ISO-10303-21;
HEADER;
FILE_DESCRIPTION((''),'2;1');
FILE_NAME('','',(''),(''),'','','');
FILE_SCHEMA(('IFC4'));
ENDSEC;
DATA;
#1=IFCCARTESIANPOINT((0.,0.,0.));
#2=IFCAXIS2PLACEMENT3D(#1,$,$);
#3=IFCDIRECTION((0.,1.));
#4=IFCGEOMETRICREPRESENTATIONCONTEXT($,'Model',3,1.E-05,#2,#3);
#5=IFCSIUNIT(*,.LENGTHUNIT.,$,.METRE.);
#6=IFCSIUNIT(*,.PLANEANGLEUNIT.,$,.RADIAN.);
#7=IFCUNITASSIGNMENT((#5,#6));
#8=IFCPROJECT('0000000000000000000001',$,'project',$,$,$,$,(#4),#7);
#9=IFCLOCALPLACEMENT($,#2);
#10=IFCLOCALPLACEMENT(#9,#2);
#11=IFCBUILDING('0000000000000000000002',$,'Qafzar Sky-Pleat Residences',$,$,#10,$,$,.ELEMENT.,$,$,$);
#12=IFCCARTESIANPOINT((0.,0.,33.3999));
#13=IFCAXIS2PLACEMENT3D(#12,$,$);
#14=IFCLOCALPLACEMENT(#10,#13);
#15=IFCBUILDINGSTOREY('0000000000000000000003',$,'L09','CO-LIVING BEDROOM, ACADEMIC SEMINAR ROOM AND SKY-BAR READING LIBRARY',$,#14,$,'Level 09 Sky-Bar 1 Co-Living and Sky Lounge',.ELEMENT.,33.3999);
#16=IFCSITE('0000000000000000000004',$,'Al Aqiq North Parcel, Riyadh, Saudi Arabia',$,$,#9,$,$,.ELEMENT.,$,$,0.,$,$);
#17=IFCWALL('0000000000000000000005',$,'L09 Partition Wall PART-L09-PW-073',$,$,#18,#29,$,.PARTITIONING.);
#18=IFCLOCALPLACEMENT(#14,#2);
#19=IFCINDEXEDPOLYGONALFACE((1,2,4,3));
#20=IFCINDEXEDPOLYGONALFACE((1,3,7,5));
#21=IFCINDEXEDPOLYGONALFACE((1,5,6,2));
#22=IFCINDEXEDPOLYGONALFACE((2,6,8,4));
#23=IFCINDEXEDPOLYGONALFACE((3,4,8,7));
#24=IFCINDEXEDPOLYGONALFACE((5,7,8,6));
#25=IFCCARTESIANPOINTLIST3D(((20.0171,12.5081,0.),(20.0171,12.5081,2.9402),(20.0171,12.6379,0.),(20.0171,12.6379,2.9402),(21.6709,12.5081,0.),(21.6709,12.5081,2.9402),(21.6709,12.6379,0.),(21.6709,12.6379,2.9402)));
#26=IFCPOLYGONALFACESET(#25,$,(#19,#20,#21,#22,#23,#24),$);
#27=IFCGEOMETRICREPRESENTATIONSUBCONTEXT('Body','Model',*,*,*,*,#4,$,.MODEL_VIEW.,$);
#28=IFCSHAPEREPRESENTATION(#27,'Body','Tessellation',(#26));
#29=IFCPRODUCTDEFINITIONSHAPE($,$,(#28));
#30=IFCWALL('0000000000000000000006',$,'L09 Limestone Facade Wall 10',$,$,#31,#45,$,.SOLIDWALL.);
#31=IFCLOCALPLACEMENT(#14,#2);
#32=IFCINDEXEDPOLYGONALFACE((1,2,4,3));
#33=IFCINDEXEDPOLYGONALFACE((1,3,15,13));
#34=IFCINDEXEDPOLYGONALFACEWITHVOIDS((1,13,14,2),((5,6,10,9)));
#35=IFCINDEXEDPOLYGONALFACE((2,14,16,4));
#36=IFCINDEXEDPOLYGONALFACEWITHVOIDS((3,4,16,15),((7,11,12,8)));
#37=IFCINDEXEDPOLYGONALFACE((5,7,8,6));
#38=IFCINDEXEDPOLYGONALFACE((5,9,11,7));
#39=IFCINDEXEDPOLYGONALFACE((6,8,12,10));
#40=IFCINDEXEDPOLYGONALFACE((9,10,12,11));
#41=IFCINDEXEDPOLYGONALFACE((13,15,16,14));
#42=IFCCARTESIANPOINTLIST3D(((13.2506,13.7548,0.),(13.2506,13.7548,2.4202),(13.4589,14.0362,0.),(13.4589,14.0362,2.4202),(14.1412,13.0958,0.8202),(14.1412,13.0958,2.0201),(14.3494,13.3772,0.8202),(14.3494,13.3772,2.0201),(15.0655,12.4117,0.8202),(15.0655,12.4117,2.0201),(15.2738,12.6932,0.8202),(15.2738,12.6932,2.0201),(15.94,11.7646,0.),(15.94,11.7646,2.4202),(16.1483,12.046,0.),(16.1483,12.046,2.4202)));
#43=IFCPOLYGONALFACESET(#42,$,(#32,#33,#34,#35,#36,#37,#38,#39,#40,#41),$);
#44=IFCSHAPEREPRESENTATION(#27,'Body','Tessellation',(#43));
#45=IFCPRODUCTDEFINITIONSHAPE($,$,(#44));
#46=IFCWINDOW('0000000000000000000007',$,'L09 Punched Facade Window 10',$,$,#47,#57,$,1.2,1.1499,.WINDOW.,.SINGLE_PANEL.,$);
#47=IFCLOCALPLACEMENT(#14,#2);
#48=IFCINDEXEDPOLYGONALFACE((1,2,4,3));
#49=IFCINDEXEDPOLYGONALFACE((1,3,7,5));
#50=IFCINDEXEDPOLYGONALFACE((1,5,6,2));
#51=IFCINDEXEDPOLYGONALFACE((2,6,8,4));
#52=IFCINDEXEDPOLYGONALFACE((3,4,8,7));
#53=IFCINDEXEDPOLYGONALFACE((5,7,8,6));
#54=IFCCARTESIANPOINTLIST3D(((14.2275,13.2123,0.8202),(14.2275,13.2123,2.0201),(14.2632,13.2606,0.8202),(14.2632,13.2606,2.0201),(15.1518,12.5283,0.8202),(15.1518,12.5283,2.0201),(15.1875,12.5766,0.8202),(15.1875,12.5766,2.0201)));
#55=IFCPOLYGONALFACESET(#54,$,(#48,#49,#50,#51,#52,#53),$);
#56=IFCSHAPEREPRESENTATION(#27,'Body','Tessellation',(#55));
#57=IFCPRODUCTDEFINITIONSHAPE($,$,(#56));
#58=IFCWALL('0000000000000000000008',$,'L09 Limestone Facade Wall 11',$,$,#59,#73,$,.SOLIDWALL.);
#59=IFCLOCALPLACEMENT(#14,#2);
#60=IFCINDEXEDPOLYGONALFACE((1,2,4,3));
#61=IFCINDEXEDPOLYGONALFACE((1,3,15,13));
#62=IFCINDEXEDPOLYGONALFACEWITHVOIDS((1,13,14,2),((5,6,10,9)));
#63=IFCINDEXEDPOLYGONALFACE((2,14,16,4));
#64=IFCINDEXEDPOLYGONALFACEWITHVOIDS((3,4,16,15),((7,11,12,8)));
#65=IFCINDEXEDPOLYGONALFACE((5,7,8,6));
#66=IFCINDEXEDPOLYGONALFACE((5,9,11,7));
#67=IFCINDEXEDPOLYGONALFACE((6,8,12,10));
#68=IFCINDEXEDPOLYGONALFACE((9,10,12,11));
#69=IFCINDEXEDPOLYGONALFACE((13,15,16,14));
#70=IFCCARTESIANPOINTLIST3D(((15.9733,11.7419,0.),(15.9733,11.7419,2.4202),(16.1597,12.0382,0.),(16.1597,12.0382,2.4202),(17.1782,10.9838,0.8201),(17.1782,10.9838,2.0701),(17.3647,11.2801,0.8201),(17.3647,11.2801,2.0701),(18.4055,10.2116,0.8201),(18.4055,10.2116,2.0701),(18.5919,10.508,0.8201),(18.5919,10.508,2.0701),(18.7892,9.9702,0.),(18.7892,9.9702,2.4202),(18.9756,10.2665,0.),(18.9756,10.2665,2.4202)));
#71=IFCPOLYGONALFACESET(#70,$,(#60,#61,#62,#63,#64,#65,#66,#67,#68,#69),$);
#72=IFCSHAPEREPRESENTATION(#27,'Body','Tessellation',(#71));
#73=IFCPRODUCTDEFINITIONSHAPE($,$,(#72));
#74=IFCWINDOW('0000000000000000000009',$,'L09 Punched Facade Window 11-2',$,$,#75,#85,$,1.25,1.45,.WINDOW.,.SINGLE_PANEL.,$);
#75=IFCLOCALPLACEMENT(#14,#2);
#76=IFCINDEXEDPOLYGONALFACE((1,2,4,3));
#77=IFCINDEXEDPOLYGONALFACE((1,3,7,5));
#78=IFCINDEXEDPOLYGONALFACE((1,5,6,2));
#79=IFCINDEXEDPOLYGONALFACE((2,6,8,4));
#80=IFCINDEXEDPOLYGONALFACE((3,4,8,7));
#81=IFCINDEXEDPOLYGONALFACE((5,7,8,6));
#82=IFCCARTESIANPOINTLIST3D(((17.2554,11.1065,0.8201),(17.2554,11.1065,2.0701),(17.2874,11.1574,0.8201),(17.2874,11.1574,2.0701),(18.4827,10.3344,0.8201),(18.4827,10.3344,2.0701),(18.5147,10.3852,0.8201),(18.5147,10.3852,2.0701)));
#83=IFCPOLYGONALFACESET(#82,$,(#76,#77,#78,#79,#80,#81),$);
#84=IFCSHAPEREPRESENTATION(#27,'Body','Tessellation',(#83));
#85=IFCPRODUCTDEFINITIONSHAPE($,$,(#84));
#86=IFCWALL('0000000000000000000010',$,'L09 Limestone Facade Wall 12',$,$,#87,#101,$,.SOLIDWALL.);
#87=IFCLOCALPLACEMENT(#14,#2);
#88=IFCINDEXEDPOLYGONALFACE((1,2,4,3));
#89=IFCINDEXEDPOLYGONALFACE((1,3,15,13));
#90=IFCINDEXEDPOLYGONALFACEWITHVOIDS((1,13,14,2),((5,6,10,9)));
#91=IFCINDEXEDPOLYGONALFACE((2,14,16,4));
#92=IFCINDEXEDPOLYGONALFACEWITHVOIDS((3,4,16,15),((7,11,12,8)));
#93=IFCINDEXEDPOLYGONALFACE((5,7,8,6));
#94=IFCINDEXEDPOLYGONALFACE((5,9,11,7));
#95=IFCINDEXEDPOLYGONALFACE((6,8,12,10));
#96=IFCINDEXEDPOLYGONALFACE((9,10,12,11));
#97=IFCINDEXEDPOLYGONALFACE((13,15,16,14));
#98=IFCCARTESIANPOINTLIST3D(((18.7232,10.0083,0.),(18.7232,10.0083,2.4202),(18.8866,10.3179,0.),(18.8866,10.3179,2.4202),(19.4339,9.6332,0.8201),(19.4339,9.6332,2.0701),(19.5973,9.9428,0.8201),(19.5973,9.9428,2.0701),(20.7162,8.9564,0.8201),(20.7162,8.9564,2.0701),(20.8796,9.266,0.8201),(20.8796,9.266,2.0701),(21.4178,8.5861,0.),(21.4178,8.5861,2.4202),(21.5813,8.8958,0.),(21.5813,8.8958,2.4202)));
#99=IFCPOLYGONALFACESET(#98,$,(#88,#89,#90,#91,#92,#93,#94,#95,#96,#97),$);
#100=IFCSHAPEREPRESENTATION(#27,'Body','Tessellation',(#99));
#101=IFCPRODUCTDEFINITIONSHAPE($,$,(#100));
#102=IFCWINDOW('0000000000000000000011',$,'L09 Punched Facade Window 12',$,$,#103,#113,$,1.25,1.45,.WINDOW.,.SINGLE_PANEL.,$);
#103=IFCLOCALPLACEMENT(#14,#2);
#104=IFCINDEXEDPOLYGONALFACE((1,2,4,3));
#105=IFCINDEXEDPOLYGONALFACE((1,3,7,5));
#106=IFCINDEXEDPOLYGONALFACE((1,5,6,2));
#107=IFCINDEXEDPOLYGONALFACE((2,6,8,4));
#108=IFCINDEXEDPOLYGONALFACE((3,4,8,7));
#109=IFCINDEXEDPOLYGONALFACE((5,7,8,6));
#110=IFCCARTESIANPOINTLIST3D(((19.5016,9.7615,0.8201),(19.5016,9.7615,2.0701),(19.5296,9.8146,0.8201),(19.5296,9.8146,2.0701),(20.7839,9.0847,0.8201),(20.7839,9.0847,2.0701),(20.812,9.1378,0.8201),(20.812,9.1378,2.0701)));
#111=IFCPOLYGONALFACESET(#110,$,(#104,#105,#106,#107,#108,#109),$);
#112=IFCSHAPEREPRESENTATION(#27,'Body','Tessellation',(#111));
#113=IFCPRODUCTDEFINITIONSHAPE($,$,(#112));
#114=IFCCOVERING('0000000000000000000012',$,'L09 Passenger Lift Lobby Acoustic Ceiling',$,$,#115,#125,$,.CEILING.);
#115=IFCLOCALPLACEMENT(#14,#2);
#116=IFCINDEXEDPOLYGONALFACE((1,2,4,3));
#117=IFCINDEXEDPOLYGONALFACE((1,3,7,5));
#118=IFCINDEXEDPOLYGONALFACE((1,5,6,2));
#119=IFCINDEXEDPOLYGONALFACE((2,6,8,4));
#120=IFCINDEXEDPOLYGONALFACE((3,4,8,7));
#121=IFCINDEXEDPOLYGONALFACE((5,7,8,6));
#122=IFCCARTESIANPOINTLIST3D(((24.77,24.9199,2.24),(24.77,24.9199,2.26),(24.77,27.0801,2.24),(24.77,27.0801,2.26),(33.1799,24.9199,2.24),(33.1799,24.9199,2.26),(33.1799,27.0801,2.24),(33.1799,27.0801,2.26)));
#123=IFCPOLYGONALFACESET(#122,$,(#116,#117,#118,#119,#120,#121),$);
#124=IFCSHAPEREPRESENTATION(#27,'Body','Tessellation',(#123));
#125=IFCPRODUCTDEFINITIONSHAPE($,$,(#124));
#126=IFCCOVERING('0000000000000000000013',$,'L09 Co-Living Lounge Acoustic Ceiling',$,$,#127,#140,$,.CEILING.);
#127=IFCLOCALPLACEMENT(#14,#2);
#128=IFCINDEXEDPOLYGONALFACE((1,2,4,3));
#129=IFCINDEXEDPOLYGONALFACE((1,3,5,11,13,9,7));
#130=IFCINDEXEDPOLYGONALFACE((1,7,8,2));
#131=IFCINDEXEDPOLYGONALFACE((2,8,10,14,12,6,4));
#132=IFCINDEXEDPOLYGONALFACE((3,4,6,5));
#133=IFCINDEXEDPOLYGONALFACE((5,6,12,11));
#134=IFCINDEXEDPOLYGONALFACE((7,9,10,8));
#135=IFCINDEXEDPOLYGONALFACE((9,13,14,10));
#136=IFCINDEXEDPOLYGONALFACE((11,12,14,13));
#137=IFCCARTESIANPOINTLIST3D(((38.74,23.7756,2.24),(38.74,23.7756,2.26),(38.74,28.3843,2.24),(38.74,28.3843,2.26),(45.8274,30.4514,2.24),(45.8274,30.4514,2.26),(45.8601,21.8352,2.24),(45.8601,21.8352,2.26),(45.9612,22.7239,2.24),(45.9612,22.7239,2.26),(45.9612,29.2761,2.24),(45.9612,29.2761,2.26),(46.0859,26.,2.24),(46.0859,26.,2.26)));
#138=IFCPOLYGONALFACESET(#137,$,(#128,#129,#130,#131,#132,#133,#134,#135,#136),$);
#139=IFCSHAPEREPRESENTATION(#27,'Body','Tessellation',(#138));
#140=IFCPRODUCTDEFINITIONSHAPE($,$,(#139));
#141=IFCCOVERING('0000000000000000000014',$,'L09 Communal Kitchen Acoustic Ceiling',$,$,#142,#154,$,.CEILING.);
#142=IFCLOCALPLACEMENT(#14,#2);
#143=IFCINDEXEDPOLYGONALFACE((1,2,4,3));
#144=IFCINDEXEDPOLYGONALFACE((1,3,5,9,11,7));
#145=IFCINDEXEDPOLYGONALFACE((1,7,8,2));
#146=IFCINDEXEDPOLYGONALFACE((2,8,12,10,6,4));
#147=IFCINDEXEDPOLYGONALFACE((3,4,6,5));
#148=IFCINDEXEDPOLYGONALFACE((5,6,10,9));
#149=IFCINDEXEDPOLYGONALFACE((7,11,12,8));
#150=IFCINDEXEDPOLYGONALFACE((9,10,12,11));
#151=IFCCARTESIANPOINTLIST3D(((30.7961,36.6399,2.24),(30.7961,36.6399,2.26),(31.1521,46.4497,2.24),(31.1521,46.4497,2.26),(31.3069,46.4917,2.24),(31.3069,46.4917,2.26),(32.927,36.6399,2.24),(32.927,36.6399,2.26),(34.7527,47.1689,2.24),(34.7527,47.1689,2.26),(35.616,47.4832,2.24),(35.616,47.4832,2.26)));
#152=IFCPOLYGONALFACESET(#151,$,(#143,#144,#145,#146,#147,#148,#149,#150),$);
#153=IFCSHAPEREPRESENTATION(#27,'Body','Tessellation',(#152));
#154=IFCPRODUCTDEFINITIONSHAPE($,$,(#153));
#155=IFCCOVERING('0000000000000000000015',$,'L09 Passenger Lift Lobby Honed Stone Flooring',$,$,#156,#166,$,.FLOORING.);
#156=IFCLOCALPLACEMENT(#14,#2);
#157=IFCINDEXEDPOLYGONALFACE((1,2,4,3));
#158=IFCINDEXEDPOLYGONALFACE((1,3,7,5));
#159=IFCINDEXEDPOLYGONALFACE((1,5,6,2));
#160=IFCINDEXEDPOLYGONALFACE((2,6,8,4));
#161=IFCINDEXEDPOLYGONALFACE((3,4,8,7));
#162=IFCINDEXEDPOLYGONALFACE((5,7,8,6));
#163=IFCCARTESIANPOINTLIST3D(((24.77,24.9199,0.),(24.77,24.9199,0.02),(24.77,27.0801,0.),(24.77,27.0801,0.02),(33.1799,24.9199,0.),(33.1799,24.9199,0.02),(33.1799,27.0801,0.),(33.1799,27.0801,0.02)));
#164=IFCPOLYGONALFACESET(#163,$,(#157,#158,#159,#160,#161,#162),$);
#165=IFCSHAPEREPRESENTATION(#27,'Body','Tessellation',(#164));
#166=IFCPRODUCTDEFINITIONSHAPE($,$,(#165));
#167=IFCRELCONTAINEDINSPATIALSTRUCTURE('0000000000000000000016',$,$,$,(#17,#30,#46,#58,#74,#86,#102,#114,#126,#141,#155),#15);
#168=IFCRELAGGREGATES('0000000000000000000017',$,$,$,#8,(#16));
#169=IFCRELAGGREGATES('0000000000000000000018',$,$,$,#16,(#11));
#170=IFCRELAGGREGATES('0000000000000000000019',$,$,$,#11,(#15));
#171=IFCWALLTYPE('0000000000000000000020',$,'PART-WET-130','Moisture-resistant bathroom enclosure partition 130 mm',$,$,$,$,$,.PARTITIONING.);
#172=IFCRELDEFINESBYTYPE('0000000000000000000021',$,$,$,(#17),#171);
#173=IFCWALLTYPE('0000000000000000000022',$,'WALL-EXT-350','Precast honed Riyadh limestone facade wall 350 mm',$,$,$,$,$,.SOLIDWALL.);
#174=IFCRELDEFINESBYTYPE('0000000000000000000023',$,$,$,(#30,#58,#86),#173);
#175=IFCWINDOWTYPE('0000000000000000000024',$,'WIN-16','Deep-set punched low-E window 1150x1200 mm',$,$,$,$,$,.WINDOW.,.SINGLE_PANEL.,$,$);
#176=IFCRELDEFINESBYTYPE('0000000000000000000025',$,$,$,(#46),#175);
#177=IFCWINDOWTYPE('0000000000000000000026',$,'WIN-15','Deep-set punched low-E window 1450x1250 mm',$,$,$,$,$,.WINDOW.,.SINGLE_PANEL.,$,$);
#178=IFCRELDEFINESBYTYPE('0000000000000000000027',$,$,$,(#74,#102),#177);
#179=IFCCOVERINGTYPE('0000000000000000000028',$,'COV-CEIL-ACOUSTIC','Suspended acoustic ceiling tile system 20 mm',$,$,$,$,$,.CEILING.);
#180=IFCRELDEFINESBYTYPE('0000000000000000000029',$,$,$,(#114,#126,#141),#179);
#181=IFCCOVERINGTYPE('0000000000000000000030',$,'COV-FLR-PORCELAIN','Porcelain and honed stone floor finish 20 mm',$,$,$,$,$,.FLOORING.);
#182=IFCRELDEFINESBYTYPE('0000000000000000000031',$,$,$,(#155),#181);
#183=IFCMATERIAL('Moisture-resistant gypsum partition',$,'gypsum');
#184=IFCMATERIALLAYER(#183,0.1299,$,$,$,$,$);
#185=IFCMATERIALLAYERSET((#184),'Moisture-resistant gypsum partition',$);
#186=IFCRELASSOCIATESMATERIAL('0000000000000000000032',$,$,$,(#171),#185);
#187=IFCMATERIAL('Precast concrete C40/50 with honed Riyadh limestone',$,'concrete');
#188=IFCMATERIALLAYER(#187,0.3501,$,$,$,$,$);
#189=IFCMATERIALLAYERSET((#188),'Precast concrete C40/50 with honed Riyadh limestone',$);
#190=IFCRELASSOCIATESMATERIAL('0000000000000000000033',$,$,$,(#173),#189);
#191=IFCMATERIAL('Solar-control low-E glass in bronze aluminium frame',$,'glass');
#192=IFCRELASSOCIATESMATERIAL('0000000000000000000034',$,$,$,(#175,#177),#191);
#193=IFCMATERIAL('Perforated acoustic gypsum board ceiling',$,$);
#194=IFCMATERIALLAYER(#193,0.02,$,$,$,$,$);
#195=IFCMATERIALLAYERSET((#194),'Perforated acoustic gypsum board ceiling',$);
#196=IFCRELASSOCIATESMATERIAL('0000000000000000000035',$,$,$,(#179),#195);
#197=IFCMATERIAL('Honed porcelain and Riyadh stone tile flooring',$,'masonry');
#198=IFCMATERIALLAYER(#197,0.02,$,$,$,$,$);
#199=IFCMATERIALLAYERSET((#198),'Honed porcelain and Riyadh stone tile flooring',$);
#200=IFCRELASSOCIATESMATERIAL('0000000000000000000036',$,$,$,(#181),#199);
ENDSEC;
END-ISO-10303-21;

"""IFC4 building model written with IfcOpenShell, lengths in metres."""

from ifc_helpers import new_model, si_unit, direction, frame, frame_2d, origin, place, context, subcontext, project, spatial, polyline, rectangle, outline, extrude, source, transform, mapped, material, layer, layer_set, type_object, element, fill, save


model = new_model("IFC4")

# Units and contexts
model_context = context("Model", 3, precision=1e-05, world=origin(), true_north=direction((0.0, 1.0)))
body_context = subcontext(model_context, "Body", "Model", "MODEL_VIEW")
ifc_project = project(units=[si_unit("LENGTHUNIT", "METRE"), si_unit("PLANEANGLEUNIT", "RADIAN")], contexts=[model_context])

# Site, building, storey
site_placement = place(None, origin())
site = spatial("IfcSite", under=ifc_project, at=site_placement, Name="Al Aqiq North Parcel, Riyadh, Saudi Arabia", CompositionType="ELEMENT", RefElevation=0.0)
building_placement = place(site_placement, origin())
building = spatial("IfcBuilding", under=site, at=building_placement, Name="Qafzar Sky-Pleat Residences", CompositionType="ELEMENT")
storey_placement = place(building_placement, frame((0.0, 0.0, 33.3999)))
storey = spatial("IfcBuildingStorey", under=building, at=storey_placement, Name="L09", Description="CO-LIVING BEDROOM, ACADEMIC SEMINAR ROOM AND SKY-BAR READING LIBRARY", LongName="Level 09 Sky-Bar 1 Co-Living and Sky Lounge", CompositionType="ELEMENT", Elevation=33.3999)

# Wall
ifc_material_1 = material(Name="Moisture-resistant gypsum partition", Category="gypsum")
ifc_layer_1 = layer(ifc_material_1, 0.1299)
ifc_layer_set_1 = layer_set([ifc_layer_1], Name="Moisture-resistant gypsum partition")
wall_type_1 = type_object("IfcWallType", Name="PART-WET-130", Description="Moisture-resistant bathroom enclosure partition 130 mm", PredefinedType="PARTITIONING", material=ifc_layer_set_1)
wall_1_placement = place(storey_placement, frame((20.0171, 12.573, 0.0), z_axis=(0.0, 0.0, 1.0), x_axis=(1.0, 0.0, 0.0)))
element("IfcWall", 1, at=wall_1_placement, inside=storey, type_object=wall_type_1, Name="L09 Partition Wall PART-L09-PW-073", PredefinedType="PARTITIONING", context=body_context, shape_type="SweptSolid", body=[
    extrude(rectangle(XDim=1.6538, YDim=0.1299, at=frame_2d((0.8269, 0.0))), origin(), (0.0, 0.0, 1.0), 2.9402),
])

# Walls, openings, windows
ifc_material_2 = material(Name="Precast concrete C40/50 with honed Riyadh limestone", Category="concrete")
ifc_layer_2 = layer(ifc_material_2, 0.3501)
ifc_layer_set_2 = layer_set([ifc_layer_2], Name="Precast concrete C40/50 with honed Riyadh limestone")
wall_type_2 = type_object("IfcWallType", Name="WALL-EXT-350", Description="Precast honed Riyadh limestone facade wall 350 mm", PredefinedType="SOLIDWALL", material=ifc_layer_set_2)
wall_2_placement = place(storey_placement, frame((13.3547, 13.8955, 0.0), z_axis=(0.0, 0.0, 1.0), x_axis=(0.803836, -0.594851, 0.0)))
wall_2 = element("IfcWall", 2, at=wall_2_placement, inside=storey, type_object=wall_type_2, Name="L09 Limestone Facade Wall 10", PredefinedType="SOLIDWALL", context=body_context, shape_type="SweptSolid", body=[
    extrude(rectangle(XDim=3.3457, YDim=0.3501, at=frame_2d((1.6729, 0.0))), origin(), (0.0, 0.0, 1.0), 2.4202),
])
opening_1_placement = place(wall_2_placement, frame((1.1079, 0.0, 0.8201)))
opening_1 = element("IfcOpeningElement", 3, at=opening_1_placement, cuts=wall_2, PredefinedType="OPENING", context=body_context, shape_type="SweptSolid", body=[
    extrude(rectangle(XDim=1.1499, YDim=1.2, at=frame_2d((0.575, 0.6001))), frame((0.0, 0.1851, 0.0), z_axis=(0.0, -1.0, 0.0), x_axis=(1.0, 0.0, 0.0)), (0.0, 0.0, 1.0), 0.3701),
])
ifc_material_3 = material(Name="Solar-control low-E glass in bronze aluminium frame", Category="glass")
window_type_1 = type_object("IfcWindowType", Name="WIN-16", Description="Deep-set punched low-E window 1150x1200 mm", PartitioningType="SINGLE_PANEL", PredefinedType="WINDOW", material=ifc_material_3)
shared_shape_1 = source(origin(), body_context, "Body", "SweptSolid", [
    extrude(rectangle(XDim=1.1499, YDim=1.2, at=frame_2d((0.575, 0.6001))), frame((0.0, 0.03, 0.0), z_axis=(0.0, -1.0, 0.0), x_axis=(1.0, 0.0, 0.0)), (0.0, 0.0, 1.0), 0.0601),
])
window_1_placement = place(opening_1_placement, origin())
window_1 = element("IfcWindow", 4, at=window_1_placement, inside=storey, type_object=window_type_1, Name="L09 Punched Facade Window 10", OverallHeight=1.2, OverallWidth=1.1499, PartitioningType="SINGLE_PANEL", PredefinedType="WINDOW", context=body_context, shape_type="MappedRepresentation", body=[
    mapped(shared_shape_1, transform((0.0, 0.0, 0.0), x_axis=(1.0, 0.0, 0.0), y_axis=(0.0, 1.0, 0.0), z_axis=(0.0, 0.0, 1.0), scale=1.0)),
])
fill(opening_1, window_1)
wall_3_placement = place(storey_placement, frame((16.0664, 11.8901, 0.0), z_axis=(0.0, 0.0, 1.0), x_axis=(0.846403, -0.532543, 0.0)))
wall_3 = element("IfcWall", 5, at=wall_3_placement, inside=storey, type_object=wall_type_2, Name="L09 Limestone Facade Wall 11", PredefinedType="SOLIDWALL", context=body_context, shape_type="SweptSolid", body=[
    extrude(rectangle(XDim=3.3269, YDim=0.3501, at=frame_2d((1.6636, 0.0))), origin(), (0.0, 0.0, 1.0), 2.4202),
])
opening_2_placement = place(wall_3_placement, frame((1.4236, 0.0, 0.8201)))
opening_2 = element("IfcOpeningElement", 6, at=opening_2_placement, cuts=wall_3, PredefinedType="OPENING", context=body_context, shape_type="SweptSolid", body=[
    extrude(rectangle(XDim=1.45, YDim=1.25, at=frame_2d((0.7251, 0.625))), frame((0.0, 0.1851, 0.0), z_axis=(0.0, -1.0, 0.0), x_axis=(1.0, 0.0, 0.0)), (0.0, 0.0, 1.0), 0.3701),
])
window_type_2 = type_object("IfcWindowType", Name="WIN-15", Description="Deep-set punched low-E window 1450x1250 mm", PartitioningType="SINGLE_PANEL", PredefinedType="WINDOW", material=ifc_material_3)
shared_shape_2 = source(origin(), body_context, "Body", "SweptSolid", [
    extrude(rectangle(XDim=1.45, YDim=1.25, at=frame_2d((0.7251, 0.625))), frame((0.0, 0.03, 0.0), z_axis=(0.0, -1.0, 0.0), x_axis=(1.0, 0.0, 0.0)), (0.0, 0.0, 1.0), 0.0601),
])
window_2_placement = place(opening_2_placement, origin())
window_2 = element("IfcWindow", 7, at=window_2_placement, inside=storey, type_object=window_type_2, Name="L09 Punched Facade Window 11-2", OverallHeight=1.25, OverallWidth=1.45, PartitioningType="SINGLE_PANEL", PredefinedType="WINDOW", context=body_context, shape_type="MappedRepresentation", body=[
    mapped(shared_shape_2, transform((0.0, 0.0, 0.0), x_axis=(1.0, 0.0, 0.0), y_axis=(0.0, 1.0, 0.0), z_axis=(0.0, 0.0, 1.0), scale=1.0)),
])
fill(opening_2, window_2)
wall_4_placement = place(storey_placement, frame((18.8049, 10.1631, 0.0), z_axis=(0.0, 0.0, 1.0), x_axis=(0.884388, -0.466753, 0.0)))
wall_4 = element("IfcWall", 8, at=wall_4_placement, inside=storey, type_object=wall_type_2, Name="L09 Limestone Facade Wall 12", PredefinedType="SOLIDWALL", context=body_context, shape_type="SweptSolid", body=[
    extrude(rectangle(XDim=3.0469, YDim=0.3501, at=frame_2d((1.5234, 0.0))), origin(), (0.0, 0.0, 1.0), 2.4202),
])
opening_3_placement = place(wall_4_placement, frame((0.8035, 0.0, 0.8201)))
opening_3 = element("IfcOpeningElement", 9, at=opening_3_placement, cuts=wall_4, PredefinedType="OPENING", context=body_context, shape_type="SweptSolid", body=[
    extrude(rectangle(XDim=1.45, YDim=1.25, at=frame_2d((0.7251, 0.625))), frame((0.0, 0.1851, 0.0), z_axis=(0.0, -1.0, 0.0), x_axis=(1.0, 0.0, 0.0)), (0.0, 0.0, 1.0), 0.3701),
])
window_3_placement = place(opening_3_placement, origin())
window_3 = element("IfcWindow", 10, at=window_3_placement, inside=storey, type_object=window_type_2, Name="L09 Punched Facade Window 12", OverallHeight=1.25, OverallWidth=1.45, PartitioningType="SINGLE_PANEL", PredefinedType="WINDOW", context=body_context, shape_type="MappedRepresentation", body=[
    mapped(shared_shape_2, transform((0.0, 0.0, 0.0), x_axis=(1.0, 0.0, 0.0), y_axis=(0.0, 1.0, 0.0), z_axis=(0.0, 0.0, 1.0), scale=1.0)),
])
fill(opening_3, window_3)

# Coverings
ifc_material_4 = material(Name="Perforated acoustic gypsum board ceiling")
ifc_layer_3 = layer(ifc_material_4, 0.02)
ifc_layer_set_3 = layer_set([ifc_layer_3], Name="Perforated acoustic gypsum board ceiling")
covering_type_1 = type_object("IfcCoveringType", Name="COV-CEIL-ACOUSTIC", Description="Suspended acoustic ceiling tile system 20 mm", PredefinedType="CEILING", material=ifc_layer_set_3)
covering_1_placement = place(storey_placement, frame((0.0, 0.0, 2.24)))
element("IfcCovering", 11, at=covering_1_placement, inside=storey, type_object=covering_type_1, Name="L09 Passenger Lift Lobby Acoustic Ceiling", PredefinedType="CEILING", context=body_context, shape_type="SweptSolid", body=[
    extrude(outline(polyline([(33.1799, 24.9199), (24.77, 24.9199), (24.77, 27.0801), (33.1799, 27.0801), (33.1799, 24.9199)])), origin(), (0.0, 0.0, 1.0), 0.02),
])
covering_2_placement = place(storey_placement, frame((0.0, 0.0, 2.24)))
element("IfcCovering", 12, at=covering_2_placement, inside=storey, type_object=covering_type_1, Name="L09 Co-Living Lounge Acoustic Ceiling", PredefinedType="CEILING", context=body_context, shape_type="SweptSolid", body=[
    extrude(outline(polyline([(45.9612, 29.2761), (46.0859, 26.0), (45.9612, 22.7239), (45.8601, 21.8352), (38.74, 23.7756), (38.74, 28.3843), (45.8274, 30.4514), (45.9612, 29.2761)])), origin(), (0.0, 0.0, 1.0), 0.02),
])
covering_3_placement = place(storey_placement, frame((0.0, 0.0, 2.24)))
element("IfcCovering", 13, at=covering_3_placement, inside=storey, type_object=covering_type_1, Name="L09 Communal Kitchen Acoustic Ceiling", PredefinedType="CEILING", context=body_context, shape_type="SweptSolid", body=[
    extrude(outline(polyline([(34.7527, 47.1689), (35.616, 47.4832), (32.927, 36.6399), (30.7961, 36.6399), (31.1521, 46.4497), (31.3069, 46.4917), (34.7527, 47.1689)])), origin(), (0.0, 0.0, 1.0), 0.02),
])
ifc_material_5 = material(Name="Honed porcelain and Riyadh stone tile flooring", Category="masonry")
ifc_layer_4 = layer(ifc_material_5, 0.02)
ifc_layer_set_4 = layer_set([ifc_layer_4], Name="Honed porcelain and Riyadh stone tile flooring")
covering_type_2 = type_object("IfcCoveringType", Name="COV-FLR-PORCELAIN", Description="Porcelain and honed stone floor finish 20 mm", PredefinedType="FLOORING", material=ifc_layer_set_4)
covering_4_placement = place(storey_placement, origin())
element("IfcCovering", 14, at=covering_4_placement, inside=storey, type_object=covering_type_2, Name="L09 Passenger Lift Lobby Honed Stone Flooring", PredefinedType="FLOORING", context=body_context, shape_type="SweptSolid", body=[
    extrude(outline(polyline([(33.1799, 24.9199), (24.77, 24.9199), (24.77, 27.0801), (33.1799, 27.0801), (33.1799, 24.9199)])), origin(), (0.0, 0.0, 1.0), 0.02),
])

save(model, "model.ifc")
